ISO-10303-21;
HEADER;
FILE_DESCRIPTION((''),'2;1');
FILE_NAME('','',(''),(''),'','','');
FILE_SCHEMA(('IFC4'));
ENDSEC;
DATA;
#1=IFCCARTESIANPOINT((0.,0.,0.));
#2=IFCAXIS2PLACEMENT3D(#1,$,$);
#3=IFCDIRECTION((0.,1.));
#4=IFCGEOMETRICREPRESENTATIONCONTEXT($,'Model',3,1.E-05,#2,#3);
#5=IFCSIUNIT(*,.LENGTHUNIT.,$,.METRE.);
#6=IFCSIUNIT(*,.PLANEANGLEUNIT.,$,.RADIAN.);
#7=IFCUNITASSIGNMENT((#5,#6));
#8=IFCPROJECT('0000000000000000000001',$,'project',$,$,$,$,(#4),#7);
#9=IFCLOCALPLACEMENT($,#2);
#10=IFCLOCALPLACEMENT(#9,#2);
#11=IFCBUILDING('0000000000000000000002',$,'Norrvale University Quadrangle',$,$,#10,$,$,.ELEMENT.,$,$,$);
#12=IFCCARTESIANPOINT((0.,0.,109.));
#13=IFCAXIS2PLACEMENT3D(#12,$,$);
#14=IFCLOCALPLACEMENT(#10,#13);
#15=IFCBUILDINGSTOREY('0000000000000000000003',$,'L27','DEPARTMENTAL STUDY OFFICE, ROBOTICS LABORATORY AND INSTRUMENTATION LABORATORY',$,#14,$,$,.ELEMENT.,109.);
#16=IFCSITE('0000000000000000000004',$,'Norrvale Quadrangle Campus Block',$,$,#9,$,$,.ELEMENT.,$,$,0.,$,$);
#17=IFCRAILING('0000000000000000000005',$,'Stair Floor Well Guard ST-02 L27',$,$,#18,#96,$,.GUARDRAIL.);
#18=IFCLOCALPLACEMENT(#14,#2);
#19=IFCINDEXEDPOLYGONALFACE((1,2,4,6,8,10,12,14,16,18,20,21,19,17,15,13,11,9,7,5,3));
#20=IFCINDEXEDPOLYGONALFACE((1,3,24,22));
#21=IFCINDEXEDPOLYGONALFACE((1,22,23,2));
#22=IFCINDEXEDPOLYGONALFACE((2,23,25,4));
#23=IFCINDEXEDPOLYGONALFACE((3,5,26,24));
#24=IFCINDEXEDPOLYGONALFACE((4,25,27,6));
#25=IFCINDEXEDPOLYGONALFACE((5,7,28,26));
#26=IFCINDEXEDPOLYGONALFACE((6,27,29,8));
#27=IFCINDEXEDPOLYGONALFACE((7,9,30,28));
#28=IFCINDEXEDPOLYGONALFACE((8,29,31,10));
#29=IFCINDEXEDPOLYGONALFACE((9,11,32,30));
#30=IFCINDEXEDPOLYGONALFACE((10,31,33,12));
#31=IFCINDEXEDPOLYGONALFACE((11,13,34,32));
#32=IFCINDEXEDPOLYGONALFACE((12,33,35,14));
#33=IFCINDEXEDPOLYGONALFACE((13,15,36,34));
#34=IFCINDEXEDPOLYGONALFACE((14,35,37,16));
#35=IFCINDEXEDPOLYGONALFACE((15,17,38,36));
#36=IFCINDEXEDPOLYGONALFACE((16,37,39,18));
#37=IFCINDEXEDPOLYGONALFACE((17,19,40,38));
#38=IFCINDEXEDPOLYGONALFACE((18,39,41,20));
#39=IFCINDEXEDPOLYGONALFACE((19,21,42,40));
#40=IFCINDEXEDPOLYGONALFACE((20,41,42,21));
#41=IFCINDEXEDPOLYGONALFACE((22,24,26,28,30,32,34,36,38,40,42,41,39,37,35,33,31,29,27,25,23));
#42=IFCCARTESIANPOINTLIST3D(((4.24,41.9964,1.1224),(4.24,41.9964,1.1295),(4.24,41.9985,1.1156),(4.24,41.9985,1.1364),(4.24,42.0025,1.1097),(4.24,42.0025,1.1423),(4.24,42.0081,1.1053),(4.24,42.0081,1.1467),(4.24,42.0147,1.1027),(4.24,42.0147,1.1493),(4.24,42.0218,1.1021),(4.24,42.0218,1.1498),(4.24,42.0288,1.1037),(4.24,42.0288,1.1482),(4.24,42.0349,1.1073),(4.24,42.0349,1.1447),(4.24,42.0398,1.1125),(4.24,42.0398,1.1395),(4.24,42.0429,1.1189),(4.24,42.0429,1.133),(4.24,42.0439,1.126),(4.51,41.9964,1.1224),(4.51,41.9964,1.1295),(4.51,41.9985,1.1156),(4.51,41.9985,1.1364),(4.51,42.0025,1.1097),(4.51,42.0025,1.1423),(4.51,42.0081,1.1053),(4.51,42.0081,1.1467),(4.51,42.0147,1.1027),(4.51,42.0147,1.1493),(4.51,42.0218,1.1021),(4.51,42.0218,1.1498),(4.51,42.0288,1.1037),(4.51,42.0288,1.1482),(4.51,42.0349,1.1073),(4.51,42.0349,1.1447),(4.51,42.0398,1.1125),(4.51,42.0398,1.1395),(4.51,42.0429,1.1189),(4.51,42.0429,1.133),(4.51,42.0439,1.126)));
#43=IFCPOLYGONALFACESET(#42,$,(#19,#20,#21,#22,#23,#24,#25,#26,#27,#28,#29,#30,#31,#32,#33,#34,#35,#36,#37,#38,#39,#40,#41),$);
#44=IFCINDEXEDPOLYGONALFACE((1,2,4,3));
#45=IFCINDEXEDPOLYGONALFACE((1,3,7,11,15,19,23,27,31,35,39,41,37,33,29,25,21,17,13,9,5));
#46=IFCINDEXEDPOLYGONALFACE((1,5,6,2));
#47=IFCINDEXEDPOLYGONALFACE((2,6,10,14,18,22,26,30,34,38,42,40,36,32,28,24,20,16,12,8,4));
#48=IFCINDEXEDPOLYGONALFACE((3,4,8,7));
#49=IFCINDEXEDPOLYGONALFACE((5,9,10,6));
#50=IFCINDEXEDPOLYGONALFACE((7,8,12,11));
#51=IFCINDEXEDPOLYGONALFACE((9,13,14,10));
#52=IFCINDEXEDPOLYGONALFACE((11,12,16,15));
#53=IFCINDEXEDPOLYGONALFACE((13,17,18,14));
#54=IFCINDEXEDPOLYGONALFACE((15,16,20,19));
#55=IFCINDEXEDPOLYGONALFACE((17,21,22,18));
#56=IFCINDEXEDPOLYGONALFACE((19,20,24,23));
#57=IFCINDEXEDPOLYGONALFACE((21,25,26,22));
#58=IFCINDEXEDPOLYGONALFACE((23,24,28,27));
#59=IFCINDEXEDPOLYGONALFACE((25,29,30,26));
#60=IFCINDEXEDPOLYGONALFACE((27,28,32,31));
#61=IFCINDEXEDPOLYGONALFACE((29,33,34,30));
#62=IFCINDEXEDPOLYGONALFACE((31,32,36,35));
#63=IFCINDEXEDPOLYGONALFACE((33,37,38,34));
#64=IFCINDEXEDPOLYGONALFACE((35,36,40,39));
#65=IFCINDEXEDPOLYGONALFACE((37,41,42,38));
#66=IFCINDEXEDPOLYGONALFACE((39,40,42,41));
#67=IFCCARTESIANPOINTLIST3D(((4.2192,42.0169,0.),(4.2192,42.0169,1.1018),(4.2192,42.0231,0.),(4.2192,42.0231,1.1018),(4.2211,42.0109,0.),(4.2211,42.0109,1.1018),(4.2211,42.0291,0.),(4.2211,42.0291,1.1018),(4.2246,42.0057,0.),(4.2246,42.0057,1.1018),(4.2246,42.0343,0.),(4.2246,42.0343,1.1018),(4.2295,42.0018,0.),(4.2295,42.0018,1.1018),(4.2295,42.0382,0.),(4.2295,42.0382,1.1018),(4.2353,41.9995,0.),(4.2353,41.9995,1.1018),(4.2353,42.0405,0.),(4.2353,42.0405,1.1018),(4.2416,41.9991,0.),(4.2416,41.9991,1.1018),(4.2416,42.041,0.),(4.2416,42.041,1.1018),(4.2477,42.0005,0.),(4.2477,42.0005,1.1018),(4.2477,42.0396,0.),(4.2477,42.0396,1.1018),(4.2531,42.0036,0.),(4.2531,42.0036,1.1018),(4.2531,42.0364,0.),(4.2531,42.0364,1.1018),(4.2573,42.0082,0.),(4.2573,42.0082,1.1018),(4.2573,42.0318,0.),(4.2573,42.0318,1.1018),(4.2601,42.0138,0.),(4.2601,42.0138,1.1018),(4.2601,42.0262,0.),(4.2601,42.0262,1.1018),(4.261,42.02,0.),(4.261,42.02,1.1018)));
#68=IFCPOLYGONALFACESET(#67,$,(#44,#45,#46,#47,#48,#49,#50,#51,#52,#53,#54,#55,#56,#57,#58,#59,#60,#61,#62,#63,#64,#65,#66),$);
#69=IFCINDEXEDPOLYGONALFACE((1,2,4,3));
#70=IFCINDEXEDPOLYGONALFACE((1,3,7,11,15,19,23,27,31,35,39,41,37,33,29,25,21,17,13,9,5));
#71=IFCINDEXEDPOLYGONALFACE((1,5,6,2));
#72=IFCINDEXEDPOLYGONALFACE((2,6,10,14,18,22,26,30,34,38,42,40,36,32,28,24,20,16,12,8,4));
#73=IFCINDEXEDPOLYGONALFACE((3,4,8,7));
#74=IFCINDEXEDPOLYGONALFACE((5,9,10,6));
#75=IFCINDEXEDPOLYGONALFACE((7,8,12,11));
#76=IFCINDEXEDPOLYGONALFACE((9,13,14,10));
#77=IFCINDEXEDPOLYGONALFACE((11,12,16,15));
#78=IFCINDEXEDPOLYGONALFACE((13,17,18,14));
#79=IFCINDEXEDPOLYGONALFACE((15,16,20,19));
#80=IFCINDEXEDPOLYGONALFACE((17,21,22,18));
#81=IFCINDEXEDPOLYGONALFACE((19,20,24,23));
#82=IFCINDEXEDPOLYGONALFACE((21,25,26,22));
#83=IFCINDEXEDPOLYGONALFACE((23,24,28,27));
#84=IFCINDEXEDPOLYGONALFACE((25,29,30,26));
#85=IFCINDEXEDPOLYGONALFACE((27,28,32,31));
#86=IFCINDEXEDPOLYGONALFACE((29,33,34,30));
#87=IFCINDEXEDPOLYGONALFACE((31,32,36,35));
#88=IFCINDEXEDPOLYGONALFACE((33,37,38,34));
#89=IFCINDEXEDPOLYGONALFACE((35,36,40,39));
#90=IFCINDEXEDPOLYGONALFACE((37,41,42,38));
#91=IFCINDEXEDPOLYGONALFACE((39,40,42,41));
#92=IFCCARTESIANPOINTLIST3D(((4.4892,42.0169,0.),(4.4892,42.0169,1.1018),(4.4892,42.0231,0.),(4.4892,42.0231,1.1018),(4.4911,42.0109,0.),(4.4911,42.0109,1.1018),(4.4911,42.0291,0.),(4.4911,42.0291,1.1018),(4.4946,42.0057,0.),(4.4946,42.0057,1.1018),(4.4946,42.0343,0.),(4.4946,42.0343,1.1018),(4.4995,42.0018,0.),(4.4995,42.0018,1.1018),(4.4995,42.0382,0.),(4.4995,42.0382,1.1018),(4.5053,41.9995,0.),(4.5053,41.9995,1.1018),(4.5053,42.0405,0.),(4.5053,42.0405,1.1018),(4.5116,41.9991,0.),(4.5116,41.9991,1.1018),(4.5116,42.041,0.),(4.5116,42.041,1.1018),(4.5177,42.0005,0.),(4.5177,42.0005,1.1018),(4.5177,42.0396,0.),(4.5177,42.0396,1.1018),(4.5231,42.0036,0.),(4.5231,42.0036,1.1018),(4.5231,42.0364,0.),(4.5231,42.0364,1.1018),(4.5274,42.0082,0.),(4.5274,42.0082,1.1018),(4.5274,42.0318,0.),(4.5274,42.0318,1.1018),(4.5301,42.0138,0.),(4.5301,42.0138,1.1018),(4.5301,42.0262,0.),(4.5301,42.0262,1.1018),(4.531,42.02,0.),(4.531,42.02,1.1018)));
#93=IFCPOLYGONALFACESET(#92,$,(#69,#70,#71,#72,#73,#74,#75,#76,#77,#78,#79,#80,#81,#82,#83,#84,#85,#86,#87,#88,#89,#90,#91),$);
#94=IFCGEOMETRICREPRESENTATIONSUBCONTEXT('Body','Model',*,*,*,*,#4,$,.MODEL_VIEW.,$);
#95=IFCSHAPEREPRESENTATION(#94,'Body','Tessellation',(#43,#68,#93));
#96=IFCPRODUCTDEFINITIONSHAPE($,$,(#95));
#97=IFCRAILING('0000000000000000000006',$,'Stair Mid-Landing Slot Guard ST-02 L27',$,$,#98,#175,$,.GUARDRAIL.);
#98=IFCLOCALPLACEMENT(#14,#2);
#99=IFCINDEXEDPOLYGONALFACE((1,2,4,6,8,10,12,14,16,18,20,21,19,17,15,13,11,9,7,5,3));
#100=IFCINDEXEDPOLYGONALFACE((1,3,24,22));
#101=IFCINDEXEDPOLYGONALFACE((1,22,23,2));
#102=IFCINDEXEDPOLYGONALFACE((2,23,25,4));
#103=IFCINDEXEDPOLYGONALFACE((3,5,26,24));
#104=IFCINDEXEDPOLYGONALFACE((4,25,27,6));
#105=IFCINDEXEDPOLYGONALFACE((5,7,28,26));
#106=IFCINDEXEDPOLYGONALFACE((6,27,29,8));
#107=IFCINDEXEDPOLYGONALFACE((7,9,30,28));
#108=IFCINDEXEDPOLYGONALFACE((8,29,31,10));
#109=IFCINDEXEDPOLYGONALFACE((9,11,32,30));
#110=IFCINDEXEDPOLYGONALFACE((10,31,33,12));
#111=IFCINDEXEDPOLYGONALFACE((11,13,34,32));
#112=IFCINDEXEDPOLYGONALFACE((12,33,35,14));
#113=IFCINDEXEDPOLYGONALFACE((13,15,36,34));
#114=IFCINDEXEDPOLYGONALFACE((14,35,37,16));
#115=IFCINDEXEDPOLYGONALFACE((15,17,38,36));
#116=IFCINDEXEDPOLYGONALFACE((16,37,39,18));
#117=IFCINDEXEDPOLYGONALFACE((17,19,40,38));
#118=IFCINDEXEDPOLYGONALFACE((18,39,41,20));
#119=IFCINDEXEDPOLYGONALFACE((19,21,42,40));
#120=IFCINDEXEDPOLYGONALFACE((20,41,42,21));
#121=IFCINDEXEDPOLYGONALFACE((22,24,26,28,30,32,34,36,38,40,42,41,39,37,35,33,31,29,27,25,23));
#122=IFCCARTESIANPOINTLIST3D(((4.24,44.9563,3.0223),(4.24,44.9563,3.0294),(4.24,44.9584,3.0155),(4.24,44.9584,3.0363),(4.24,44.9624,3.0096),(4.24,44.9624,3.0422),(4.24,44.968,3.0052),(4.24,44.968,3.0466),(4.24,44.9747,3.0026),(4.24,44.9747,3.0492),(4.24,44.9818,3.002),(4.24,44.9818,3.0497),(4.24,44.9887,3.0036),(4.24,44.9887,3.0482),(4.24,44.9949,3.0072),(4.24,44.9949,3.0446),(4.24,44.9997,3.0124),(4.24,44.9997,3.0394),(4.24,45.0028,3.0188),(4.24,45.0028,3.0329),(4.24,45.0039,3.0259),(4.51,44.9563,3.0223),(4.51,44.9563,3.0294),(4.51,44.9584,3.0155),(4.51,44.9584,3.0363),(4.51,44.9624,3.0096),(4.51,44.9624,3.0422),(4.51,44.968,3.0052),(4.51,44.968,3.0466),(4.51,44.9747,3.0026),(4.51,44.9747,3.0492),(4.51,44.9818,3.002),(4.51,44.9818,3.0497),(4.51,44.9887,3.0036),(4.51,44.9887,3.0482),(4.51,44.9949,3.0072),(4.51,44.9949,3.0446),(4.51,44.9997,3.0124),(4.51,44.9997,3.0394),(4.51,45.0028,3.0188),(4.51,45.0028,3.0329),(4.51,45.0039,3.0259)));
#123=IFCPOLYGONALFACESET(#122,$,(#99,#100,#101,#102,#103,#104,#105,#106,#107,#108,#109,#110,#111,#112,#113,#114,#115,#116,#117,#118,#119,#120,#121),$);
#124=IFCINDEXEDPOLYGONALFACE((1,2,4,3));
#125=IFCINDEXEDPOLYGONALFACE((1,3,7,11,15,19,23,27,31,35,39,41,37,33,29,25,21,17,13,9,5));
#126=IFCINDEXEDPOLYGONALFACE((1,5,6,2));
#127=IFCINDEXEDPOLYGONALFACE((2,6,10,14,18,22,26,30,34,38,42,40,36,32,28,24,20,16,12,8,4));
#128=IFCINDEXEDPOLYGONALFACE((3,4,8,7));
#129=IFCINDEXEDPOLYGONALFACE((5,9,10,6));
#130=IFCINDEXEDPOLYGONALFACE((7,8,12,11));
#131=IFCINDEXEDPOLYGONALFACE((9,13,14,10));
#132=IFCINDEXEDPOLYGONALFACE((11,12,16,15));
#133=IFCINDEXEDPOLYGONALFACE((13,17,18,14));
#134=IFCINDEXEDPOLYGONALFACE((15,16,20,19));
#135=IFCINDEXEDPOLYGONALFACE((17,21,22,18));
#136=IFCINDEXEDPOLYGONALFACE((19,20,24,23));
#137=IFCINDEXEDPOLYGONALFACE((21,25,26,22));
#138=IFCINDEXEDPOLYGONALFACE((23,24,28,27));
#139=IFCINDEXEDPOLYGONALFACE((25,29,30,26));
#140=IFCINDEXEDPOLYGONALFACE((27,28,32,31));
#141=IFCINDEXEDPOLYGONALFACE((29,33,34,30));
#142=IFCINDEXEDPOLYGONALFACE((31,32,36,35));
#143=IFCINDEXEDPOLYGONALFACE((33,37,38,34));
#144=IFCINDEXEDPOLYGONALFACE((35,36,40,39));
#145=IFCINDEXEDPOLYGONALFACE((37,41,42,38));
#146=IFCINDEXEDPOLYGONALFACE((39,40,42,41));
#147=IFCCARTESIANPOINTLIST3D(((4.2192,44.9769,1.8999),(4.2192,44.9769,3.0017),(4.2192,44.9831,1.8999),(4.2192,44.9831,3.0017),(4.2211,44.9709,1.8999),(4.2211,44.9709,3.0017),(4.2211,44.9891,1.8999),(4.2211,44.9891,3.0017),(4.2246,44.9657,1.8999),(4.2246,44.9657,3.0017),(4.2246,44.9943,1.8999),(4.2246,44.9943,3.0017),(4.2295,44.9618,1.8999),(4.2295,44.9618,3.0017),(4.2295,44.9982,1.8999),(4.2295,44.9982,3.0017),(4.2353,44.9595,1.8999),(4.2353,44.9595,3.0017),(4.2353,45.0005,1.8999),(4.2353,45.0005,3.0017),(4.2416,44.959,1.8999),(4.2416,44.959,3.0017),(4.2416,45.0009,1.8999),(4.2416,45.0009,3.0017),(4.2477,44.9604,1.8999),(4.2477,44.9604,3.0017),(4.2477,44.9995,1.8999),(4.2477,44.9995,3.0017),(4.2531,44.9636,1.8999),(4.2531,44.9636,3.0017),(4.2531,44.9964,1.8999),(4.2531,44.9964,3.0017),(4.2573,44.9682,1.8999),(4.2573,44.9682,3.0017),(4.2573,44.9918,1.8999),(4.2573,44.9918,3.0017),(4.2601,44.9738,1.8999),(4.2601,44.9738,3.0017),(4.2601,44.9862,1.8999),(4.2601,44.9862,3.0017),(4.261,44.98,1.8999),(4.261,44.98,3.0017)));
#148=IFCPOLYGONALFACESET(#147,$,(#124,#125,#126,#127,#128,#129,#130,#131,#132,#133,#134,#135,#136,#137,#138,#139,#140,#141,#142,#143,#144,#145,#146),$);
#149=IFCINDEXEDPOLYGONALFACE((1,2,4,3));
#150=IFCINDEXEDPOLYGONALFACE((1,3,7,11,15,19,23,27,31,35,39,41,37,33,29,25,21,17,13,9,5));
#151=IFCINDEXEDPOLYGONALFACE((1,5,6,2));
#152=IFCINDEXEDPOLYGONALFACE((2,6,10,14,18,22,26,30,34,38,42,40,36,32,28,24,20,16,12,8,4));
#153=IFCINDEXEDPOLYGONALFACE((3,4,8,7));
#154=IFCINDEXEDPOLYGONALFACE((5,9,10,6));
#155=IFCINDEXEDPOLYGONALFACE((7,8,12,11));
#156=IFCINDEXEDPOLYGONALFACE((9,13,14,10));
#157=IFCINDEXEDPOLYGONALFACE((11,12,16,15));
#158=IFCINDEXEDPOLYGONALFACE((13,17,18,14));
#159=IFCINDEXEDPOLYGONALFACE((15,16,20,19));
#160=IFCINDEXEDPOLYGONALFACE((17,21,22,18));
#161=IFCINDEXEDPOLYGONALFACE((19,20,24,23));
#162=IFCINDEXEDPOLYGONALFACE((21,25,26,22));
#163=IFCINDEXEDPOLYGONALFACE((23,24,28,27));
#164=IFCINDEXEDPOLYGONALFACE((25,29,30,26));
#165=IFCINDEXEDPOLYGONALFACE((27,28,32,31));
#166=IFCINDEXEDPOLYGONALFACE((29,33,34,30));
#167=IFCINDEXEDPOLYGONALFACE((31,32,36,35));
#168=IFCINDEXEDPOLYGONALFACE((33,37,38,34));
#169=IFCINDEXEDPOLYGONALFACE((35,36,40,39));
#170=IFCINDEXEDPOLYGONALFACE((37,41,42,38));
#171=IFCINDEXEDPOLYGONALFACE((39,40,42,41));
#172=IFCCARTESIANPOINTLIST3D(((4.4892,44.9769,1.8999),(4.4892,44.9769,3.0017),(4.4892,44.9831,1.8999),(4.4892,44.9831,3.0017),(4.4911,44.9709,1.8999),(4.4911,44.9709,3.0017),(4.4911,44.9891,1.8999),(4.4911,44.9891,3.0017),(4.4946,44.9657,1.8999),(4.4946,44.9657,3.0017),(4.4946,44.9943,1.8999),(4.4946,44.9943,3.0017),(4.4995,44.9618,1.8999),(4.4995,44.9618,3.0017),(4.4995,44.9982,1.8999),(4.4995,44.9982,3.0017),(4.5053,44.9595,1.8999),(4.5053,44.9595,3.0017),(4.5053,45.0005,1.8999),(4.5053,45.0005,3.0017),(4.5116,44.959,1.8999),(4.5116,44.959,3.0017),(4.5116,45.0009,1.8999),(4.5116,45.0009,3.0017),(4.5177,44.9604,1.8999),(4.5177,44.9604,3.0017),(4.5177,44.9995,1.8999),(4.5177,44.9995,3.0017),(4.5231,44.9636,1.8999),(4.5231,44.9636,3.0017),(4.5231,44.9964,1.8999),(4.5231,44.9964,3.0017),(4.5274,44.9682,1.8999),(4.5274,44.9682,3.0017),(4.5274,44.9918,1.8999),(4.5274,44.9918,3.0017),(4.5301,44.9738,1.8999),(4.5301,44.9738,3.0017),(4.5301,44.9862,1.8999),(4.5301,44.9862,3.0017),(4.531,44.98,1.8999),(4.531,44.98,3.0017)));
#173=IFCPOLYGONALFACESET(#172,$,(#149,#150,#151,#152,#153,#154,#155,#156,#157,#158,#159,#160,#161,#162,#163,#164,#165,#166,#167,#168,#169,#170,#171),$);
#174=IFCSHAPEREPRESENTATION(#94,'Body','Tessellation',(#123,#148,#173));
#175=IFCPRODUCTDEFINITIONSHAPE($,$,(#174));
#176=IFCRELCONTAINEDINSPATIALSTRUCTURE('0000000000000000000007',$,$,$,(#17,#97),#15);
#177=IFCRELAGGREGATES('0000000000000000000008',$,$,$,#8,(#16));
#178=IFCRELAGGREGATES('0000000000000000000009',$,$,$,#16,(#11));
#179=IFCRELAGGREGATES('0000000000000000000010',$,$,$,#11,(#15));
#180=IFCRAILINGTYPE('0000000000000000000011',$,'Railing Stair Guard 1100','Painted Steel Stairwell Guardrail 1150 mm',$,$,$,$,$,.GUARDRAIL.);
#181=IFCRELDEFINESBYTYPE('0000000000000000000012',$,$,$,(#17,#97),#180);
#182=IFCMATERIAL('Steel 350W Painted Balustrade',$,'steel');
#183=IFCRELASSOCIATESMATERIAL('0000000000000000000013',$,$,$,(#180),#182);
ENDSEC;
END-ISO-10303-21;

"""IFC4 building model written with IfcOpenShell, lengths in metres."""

from ifc_helpers import new_model, si_unit, direction, frame, origin, origin_2d, place, context, subcontext, project, spatial, circle, extrude, material, type_object, element, save


model = new_model("IFC4")

# Units and contexts
model_context = context("Model", 3, precision=1e-05, world=origin(), true_north=direction((0.0, 1.0)))
body_context = subcontext(model_context, "Body", "Model", "MODEL_VIEW")
ifc_project = project(units=[si_unit("LENGTHUNIT", "METRE"), si_unit("PLANEANGLEUNIT", "RADIAN")], contexts=[model_context])

# Site, building, storey
site_placement = place(None, origin())
site = spatial("IfcSite", under=ifc_project, at=site_placement, Name="Norrvale Quadrangle Campus Block", CompositionType="ELEMENT", RefElevation=0.0)
building_placement = place(site_placement, origin())
building = spatial("IfcBuilding", under=site, at=building_placement, Name="Norrvale University Quadrangle", CompositionType="ELEMENT")
storey_placement = place(building_placement, frame((0.0, 0.0, 109.0)))
storey = spatial("IfcBuildingStorey", under=building, at=storey_placement, Name="L27", Description="DEPARTMENTAL STUDY OFFICE, ROBOTICS LABORATORY AND INSTRUMENTATION LABORATORY", CompositionType="ELEMENT", Elevation=109.0)

# Railings
ifc_material_1 = material(Name="Steel 350W Painted Balustrade", Category="steel")
railing_type_1 = type_object("IfcRailingType", Name="Railing Stair Guard 1100", Description="Painted Steel Stairwell Guardrail 1150 mm", PredefinedType="GUARDRAIL", material=ifc_material_1)
for number, where, name in (
    (1, (4.24, 42.02, 0.0), "Stair Floor Well Guard ST-02 L27"),
    (2, (4.24, 44.98, 1.8999), "Stair Mid-Landing Slot Guard ST-02 L27"),
):
    element("IfcRailing", number, at=place(storey_placement, frame(where)), inside=storey, type_object=railing_type_1, Name=name, PredefinedType="GUARDRAIL", context=body_context, shape_type="SweptSolid", body=[
        extrude(circle(Radius=0.0239, at=origin_2d()), frame((0.0, 0.0, 1.126), z_axis=(1.0, 0.0, 0.0), x_axis=(0.0, 1.0, 0.0)), (0.0, 0.0, 1.0), 0.27),
        extrude(circle(Radius=0.021, at=origin_2d()), origin(), (0.0, 0.0, 1.0), 1.1018),
        extrude(circle(Radius=0.021, at=origin_2d()), frame((0.27, 0.0, 0.0)), (0.0, 0.0, 1.0), 1.1018),
    ])

save(model, "model.ifc")
